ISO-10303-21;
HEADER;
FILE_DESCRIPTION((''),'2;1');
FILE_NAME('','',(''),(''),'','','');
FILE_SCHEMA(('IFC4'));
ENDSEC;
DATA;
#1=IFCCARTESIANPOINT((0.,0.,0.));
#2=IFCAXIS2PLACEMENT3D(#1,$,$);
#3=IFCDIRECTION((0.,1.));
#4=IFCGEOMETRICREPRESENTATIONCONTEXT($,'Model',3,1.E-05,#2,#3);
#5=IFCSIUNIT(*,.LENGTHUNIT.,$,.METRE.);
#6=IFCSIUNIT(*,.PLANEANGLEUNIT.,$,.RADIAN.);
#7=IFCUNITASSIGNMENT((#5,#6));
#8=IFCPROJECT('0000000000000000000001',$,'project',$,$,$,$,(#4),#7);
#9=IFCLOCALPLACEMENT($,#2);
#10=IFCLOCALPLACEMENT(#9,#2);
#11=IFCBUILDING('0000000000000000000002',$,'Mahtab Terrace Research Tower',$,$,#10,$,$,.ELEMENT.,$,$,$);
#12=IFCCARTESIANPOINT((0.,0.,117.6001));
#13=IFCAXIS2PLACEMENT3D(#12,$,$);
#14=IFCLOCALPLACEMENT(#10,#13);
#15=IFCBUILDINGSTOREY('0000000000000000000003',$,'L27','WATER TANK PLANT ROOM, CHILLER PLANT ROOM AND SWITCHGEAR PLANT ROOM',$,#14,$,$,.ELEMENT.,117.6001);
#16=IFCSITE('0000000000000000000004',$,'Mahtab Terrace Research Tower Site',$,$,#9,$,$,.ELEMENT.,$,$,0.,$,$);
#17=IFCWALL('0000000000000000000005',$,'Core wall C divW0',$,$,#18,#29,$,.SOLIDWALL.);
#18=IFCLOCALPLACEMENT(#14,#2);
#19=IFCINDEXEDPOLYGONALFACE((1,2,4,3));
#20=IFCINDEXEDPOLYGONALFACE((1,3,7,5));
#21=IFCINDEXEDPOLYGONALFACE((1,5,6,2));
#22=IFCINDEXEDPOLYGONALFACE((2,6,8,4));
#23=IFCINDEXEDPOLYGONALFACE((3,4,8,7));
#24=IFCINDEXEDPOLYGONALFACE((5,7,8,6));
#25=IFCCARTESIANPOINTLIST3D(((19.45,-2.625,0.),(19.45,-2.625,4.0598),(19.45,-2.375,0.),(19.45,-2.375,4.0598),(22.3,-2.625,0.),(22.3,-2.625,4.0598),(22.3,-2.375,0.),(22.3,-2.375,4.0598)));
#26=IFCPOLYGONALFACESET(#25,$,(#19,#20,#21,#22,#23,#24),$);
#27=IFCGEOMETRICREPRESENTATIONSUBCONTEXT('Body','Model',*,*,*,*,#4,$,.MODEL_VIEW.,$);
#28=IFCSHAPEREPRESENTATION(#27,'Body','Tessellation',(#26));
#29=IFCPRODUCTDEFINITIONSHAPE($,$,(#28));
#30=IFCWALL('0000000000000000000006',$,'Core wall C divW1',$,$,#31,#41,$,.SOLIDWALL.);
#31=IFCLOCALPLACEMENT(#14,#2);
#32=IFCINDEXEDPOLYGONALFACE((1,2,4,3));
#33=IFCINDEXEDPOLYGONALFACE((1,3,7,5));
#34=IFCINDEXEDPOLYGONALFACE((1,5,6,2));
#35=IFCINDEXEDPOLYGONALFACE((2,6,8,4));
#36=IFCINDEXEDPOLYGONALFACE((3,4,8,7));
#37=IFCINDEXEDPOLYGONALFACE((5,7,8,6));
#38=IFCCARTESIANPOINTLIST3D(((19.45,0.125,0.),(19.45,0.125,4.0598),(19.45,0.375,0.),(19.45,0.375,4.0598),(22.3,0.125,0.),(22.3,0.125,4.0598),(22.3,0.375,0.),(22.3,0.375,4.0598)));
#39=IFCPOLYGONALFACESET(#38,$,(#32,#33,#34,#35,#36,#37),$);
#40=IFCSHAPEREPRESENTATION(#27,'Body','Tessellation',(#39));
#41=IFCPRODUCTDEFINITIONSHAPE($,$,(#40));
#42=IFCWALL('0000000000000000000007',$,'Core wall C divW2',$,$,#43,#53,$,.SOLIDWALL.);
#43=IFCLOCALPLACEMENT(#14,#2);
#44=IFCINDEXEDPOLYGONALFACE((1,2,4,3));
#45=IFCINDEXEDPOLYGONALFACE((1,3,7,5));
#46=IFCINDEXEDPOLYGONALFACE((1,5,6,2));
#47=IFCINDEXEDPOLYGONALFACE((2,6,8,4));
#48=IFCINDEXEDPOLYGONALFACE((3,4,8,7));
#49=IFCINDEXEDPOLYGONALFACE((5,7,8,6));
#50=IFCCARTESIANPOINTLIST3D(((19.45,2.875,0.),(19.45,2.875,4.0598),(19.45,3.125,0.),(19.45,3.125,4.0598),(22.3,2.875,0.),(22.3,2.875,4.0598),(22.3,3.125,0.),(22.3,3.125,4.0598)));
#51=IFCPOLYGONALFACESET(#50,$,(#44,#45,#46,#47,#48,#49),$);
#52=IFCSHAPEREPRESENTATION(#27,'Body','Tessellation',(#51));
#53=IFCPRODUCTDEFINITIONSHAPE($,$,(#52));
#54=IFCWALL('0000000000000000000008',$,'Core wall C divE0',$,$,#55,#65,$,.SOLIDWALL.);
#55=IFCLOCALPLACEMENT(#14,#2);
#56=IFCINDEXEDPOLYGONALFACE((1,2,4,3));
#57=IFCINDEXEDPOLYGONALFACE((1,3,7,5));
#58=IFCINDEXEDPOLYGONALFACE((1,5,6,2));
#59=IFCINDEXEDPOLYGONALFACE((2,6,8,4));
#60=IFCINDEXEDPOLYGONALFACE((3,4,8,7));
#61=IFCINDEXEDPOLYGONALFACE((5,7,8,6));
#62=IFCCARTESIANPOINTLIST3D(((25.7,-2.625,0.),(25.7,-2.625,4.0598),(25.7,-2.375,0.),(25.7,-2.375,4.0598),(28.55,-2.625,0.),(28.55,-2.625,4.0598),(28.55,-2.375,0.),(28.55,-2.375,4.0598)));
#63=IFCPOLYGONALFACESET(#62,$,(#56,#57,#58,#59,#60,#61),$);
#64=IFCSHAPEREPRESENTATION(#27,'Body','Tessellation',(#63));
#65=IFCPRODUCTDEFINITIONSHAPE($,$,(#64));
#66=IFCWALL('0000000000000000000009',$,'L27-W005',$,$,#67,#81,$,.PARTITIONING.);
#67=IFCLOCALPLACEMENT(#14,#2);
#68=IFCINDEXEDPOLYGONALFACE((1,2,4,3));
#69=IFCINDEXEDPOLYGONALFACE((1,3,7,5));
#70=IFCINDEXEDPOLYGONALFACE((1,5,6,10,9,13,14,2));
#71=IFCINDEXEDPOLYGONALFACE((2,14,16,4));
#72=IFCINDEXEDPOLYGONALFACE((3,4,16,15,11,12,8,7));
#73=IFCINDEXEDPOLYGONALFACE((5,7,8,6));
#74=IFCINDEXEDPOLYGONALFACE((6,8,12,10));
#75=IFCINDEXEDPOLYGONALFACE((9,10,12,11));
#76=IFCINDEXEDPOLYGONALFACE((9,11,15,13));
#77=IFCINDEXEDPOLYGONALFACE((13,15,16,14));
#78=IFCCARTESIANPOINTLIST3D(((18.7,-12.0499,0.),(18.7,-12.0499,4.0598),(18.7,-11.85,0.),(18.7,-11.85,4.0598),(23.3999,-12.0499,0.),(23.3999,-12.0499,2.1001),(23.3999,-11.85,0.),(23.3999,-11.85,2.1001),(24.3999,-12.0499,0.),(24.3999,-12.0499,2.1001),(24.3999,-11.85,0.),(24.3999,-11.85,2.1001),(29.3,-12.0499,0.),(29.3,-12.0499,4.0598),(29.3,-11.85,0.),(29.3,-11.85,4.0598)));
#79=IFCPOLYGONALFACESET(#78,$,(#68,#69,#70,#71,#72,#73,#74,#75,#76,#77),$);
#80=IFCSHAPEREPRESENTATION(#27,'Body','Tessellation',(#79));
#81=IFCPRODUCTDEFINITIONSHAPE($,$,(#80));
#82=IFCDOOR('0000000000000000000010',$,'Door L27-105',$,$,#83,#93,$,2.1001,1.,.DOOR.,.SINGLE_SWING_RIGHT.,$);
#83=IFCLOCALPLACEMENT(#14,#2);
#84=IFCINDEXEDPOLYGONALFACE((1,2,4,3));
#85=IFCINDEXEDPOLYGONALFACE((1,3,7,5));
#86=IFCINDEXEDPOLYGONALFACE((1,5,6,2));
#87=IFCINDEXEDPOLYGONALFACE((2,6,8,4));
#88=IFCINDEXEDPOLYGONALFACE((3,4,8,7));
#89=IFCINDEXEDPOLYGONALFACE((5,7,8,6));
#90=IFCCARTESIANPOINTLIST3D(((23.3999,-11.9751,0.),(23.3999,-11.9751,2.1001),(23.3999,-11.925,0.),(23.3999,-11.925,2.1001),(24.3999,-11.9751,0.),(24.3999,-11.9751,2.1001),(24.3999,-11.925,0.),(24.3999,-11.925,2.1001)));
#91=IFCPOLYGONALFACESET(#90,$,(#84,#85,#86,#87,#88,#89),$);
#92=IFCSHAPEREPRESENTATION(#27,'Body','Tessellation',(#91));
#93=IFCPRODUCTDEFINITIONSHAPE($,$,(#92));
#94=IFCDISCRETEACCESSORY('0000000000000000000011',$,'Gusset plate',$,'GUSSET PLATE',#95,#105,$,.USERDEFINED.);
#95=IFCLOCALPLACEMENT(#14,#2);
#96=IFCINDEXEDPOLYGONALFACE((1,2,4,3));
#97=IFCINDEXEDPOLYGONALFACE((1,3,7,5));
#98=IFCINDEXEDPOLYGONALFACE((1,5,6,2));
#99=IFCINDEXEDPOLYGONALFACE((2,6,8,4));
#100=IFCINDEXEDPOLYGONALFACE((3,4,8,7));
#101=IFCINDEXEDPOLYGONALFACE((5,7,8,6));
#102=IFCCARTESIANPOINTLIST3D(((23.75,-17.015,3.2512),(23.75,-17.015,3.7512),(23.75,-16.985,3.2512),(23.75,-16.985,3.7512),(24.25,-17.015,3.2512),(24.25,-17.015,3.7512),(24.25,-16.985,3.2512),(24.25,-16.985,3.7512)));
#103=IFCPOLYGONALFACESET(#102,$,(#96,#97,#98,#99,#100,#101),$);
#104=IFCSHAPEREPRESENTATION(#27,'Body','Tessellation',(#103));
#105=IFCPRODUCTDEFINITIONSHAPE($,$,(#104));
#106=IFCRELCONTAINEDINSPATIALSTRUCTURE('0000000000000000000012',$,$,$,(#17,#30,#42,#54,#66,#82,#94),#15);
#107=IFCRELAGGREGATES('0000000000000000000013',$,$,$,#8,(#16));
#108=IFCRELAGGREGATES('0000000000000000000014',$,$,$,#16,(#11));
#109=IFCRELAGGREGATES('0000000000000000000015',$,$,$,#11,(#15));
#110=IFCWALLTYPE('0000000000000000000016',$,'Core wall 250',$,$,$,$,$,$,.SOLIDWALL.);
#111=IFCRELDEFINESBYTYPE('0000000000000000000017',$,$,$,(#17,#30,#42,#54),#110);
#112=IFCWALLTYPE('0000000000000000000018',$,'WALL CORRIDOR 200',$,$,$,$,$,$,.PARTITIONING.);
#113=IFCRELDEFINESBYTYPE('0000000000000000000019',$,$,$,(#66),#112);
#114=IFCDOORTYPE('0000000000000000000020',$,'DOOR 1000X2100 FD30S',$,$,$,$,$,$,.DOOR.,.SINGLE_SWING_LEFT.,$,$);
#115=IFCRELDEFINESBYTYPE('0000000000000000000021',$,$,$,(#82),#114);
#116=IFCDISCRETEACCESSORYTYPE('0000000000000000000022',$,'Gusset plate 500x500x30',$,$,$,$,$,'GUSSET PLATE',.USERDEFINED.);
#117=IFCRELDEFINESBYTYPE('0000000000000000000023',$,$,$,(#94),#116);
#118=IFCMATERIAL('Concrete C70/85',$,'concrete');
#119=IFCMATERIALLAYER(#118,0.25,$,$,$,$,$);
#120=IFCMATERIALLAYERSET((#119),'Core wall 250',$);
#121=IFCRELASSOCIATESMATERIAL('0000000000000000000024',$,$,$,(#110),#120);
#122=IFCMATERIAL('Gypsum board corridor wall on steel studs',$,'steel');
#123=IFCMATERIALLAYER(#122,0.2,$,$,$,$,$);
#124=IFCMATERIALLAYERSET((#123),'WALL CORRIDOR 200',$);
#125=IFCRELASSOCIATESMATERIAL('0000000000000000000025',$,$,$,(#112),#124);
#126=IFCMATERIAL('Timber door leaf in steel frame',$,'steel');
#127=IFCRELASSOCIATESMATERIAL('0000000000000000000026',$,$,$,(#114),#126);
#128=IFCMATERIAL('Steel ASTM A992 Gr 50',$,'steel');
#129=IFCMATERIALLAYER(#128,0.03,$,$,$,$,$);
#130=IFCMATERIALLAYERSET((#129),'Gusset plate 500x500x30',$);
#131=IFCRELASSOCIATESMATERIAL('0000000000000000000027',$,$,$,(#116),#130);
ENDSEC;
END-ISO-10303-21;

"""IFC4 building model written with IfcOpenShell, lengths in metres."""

from ifc_helpers import new_model, si_unit, direction, frame, frame_2d, origin, origin_2d, place, context, subcontext, project, spatial, rectangle, extrude, material, layer, layer_set, type_object, element, fill, save


model = new_model("IFC4")

# Units and contexts
model_context = context("Model", 3, precision=1e-05, world=origin(), true_north=direction((0.0, 1.0)))
body_context = subcontext(model_context, "Body", "Model", "MODEL_VIEW")
ifc_project = project(units=[si_unit("LENGTHUNIT", "METRE"), si_unit("PLANEANGLEUNIT", "RADIAN")], contexts=[model_context])

# Site, building, storey
site_placement = place(None, origin())
site = spatial("IfcSite", under=ifc_project, at=site_placement, Name="Mahtab Terrace Research Tower Site", CompositionType="ELEMENT", RefElevation=0.0)
building_placement = place(site_placement, origin())
building = spatial("IfcBuilding", under=site, at=building_placement, Name="Mahtab Terrace Research Tower", CompositionType="ELEMENT")
storey_placement = place(building_placement, frame((0.0, 0.0, 117.6001)))
storey = spatial("IfcBuildingStorey", under=building, at=storey_placement, Name="L27", Description="WATER TANK PLANT ROOM, CHILLER PLANT ROOM AND SWITCHGEAR PLANT ROOM", CompositionType="ELEMENT", Elevation=117.6001)

# Shared definitions
ifc_material_1 = material(Name="Concrete C70/85", Category="concrete")

# Shared definitions
ifc_material_2 = material(Name="Steel ASTM A992 Gr 50", Category="steel")

# Shared definitions
ifc_layer_1 = layer(ifc_material_1, 0.25)
ifc_layer_set_1 = layer_set([ifc_layer_1], Name="Core wall 250")
wall_type_1 = type_object("IfcWallType", Name="Core wall 250", PredefinedType="SOLIDWALL", material=ifc_layer_set_1)

# Walls
for number, where, z_axis, x_axis, name in (
    (1, (19.45, -2.5, 0.0), (0.0, 0.0, 1.0), (1.0, 0.0, 0.0), "Core wall C divW0"),
    (2, (19.45, 0.25, 0.0), (0.0, 0.0, 1.0), (1.0, 0.0, 0.0), "Core wall C divW1"),
    (3, (19.45, 3.0, 0.0), (0.0, 0.0, 1.0), (1.0, 0.0, 0.0), "Core wall C divW2"),
    (4, (25.7, -2.5, 0.0), (0.0, 0.0, 1.0), (1.0, 0.0, 0.0), "Core wall C divE0"),
):
    element("IfcWall", number, at=place(storey_placement, frame(where, z_axis=z_axis, x_axis=x_axis)), inside=storey, type_object=wall_type_1, Name=name, PredefinedType="SOLIDWALL", context=body_context, shape_type="SweptSolid", body=[
        extrude(rectangle(XDim=2.8501, YDim=0.25, at=frame_2d((1.425, 0.0))), origin(), (0.0, 0.0, 1.0), 4.0598),
    ])

# Wall, opening, door
ifc_material_3 = material(Name="Gypsum board corridor wall on steel studs", Category="steel")
ifc_layer_2 = layer(ifc_material_3, 0.2)
ifc_layer_set_2 = layer_set([ifc_layer_2], Name="WALL CORRIDOR 200")
wall_type_2 = type_object("IfcWallType", Name="WALL CORRIDOR 200", PredefinedType="PARTITIONING", material=ifc_layer_set_2)
wall_1_placement = place(storey_placement, frame((18.7, -11.95, 0.0), z_axis=(0.0, 0.0, 1.0), x_axis=(1.0, 0.0, 0.0)))
wall_1 = element("IfcWall", 5, at=wall_1_placement, inside=storey, type_object=wall_type_2, Name="L27-W005", PredefinedType="PARTITIONING", context=body_context, shape_type="SweptSolid", body=[
    extrude(rectangle(XDim=10.6001, YDim=0.2, at=frame_2d((5.3, 0.0))), origin(), (0.0, 0.0, 1.0), 4.0598),
])
opening_1_placement = place(wall_1_placement, frame((4.7, 0.0, 0.0)))
opening_1 = element("IfcOpeningElement", 6, at=opening_1_placement, cuts=wall_1, PredefinedType="OPENING", context=body_context, shape_type="SweptSolid", body=[
    extrude(rectangle(XDim=1.0, YDim=2.1001, at=frame_2d((0.5, 1.05))), frame((0.0, 0.1099, 0.0), z_axis=(0.0, -1.0, 0.0), x_axis=(1.0, 0.0, 0.0)), (0.0, 0.0, 1.0), 0.22),
])
ifc_material_4 = material(Name="Timber door leaf in steel frame", Category="steel")
door_type_1 = type_object("IfcDoorType", Name="DOOR 1000X2100 FD30S", OperationType="SINGLE_SWING_LEFT", PredefinedType="DOOR", material=ifc_material_4)
door_1_placement = place(opening_1_placement, origin())
door_1 = element("IfcDoor", 7, at=door_1_placement, inside=storey, type_object=door_type_1, Name="Door L27-105", OperationType="SINGLE_SWING_RIGHT", OverallHeight=2.1001, OverallWidth=1.0, PredefinedType="DOOR", context=body_context, shape_type="SweptSolid", body=[
    extrude(rectangle(XDim=1.0, YDim=2.1001, at=frame_2d((0.5, 1.05))), frame((0.0, 0.0249, 0.0), z_axis=(0.0, -1.0, 0.0), x_axis=(1.0, 0.0, 0.0)), (0.0, 0.0, 1.0), 0.05),
])
fill(opening_1, door_1)

# Discrete accessory
ifc_layer_3 = layer(ifc_material_2, 0.03)
ifc_layer_set_3 = layer_set([ifc_layer_3], Name="Gusset plate 500x500x30")
discrete_accessory_type = type_object("IfcDiscreteAccessoryType", Name="Gusset plate 500x500x30", ElementType="GUSSET PLATE", PredefinedType="USERDEFINED", material=ifc_layer_set_3)
discrete_accessory_placement = place(storey_placement, frame((24.0, -17.0, 3.2512), z_axis=(0.0, 0.0, 1.0), x_axis=(1.0, 0.0, 0.0)))
element("IfcDiscreteAccessory", 8, at=discrete_accessory_placement, inside=storey, type_object=discrete_accessory_type, Name="Gusset plate", ObjectType="GUSSET PLATE", PredefinedType="USERDEFINED", context=body_context, shape_type="SweptSolid", body=[
    extrude(rectangle(XDim=0.5, YDim=0.03, at=origin_2d()), origin(), (0.0, 0.0, 1.0), 0.5),
])

save(model, "model.ifc")
